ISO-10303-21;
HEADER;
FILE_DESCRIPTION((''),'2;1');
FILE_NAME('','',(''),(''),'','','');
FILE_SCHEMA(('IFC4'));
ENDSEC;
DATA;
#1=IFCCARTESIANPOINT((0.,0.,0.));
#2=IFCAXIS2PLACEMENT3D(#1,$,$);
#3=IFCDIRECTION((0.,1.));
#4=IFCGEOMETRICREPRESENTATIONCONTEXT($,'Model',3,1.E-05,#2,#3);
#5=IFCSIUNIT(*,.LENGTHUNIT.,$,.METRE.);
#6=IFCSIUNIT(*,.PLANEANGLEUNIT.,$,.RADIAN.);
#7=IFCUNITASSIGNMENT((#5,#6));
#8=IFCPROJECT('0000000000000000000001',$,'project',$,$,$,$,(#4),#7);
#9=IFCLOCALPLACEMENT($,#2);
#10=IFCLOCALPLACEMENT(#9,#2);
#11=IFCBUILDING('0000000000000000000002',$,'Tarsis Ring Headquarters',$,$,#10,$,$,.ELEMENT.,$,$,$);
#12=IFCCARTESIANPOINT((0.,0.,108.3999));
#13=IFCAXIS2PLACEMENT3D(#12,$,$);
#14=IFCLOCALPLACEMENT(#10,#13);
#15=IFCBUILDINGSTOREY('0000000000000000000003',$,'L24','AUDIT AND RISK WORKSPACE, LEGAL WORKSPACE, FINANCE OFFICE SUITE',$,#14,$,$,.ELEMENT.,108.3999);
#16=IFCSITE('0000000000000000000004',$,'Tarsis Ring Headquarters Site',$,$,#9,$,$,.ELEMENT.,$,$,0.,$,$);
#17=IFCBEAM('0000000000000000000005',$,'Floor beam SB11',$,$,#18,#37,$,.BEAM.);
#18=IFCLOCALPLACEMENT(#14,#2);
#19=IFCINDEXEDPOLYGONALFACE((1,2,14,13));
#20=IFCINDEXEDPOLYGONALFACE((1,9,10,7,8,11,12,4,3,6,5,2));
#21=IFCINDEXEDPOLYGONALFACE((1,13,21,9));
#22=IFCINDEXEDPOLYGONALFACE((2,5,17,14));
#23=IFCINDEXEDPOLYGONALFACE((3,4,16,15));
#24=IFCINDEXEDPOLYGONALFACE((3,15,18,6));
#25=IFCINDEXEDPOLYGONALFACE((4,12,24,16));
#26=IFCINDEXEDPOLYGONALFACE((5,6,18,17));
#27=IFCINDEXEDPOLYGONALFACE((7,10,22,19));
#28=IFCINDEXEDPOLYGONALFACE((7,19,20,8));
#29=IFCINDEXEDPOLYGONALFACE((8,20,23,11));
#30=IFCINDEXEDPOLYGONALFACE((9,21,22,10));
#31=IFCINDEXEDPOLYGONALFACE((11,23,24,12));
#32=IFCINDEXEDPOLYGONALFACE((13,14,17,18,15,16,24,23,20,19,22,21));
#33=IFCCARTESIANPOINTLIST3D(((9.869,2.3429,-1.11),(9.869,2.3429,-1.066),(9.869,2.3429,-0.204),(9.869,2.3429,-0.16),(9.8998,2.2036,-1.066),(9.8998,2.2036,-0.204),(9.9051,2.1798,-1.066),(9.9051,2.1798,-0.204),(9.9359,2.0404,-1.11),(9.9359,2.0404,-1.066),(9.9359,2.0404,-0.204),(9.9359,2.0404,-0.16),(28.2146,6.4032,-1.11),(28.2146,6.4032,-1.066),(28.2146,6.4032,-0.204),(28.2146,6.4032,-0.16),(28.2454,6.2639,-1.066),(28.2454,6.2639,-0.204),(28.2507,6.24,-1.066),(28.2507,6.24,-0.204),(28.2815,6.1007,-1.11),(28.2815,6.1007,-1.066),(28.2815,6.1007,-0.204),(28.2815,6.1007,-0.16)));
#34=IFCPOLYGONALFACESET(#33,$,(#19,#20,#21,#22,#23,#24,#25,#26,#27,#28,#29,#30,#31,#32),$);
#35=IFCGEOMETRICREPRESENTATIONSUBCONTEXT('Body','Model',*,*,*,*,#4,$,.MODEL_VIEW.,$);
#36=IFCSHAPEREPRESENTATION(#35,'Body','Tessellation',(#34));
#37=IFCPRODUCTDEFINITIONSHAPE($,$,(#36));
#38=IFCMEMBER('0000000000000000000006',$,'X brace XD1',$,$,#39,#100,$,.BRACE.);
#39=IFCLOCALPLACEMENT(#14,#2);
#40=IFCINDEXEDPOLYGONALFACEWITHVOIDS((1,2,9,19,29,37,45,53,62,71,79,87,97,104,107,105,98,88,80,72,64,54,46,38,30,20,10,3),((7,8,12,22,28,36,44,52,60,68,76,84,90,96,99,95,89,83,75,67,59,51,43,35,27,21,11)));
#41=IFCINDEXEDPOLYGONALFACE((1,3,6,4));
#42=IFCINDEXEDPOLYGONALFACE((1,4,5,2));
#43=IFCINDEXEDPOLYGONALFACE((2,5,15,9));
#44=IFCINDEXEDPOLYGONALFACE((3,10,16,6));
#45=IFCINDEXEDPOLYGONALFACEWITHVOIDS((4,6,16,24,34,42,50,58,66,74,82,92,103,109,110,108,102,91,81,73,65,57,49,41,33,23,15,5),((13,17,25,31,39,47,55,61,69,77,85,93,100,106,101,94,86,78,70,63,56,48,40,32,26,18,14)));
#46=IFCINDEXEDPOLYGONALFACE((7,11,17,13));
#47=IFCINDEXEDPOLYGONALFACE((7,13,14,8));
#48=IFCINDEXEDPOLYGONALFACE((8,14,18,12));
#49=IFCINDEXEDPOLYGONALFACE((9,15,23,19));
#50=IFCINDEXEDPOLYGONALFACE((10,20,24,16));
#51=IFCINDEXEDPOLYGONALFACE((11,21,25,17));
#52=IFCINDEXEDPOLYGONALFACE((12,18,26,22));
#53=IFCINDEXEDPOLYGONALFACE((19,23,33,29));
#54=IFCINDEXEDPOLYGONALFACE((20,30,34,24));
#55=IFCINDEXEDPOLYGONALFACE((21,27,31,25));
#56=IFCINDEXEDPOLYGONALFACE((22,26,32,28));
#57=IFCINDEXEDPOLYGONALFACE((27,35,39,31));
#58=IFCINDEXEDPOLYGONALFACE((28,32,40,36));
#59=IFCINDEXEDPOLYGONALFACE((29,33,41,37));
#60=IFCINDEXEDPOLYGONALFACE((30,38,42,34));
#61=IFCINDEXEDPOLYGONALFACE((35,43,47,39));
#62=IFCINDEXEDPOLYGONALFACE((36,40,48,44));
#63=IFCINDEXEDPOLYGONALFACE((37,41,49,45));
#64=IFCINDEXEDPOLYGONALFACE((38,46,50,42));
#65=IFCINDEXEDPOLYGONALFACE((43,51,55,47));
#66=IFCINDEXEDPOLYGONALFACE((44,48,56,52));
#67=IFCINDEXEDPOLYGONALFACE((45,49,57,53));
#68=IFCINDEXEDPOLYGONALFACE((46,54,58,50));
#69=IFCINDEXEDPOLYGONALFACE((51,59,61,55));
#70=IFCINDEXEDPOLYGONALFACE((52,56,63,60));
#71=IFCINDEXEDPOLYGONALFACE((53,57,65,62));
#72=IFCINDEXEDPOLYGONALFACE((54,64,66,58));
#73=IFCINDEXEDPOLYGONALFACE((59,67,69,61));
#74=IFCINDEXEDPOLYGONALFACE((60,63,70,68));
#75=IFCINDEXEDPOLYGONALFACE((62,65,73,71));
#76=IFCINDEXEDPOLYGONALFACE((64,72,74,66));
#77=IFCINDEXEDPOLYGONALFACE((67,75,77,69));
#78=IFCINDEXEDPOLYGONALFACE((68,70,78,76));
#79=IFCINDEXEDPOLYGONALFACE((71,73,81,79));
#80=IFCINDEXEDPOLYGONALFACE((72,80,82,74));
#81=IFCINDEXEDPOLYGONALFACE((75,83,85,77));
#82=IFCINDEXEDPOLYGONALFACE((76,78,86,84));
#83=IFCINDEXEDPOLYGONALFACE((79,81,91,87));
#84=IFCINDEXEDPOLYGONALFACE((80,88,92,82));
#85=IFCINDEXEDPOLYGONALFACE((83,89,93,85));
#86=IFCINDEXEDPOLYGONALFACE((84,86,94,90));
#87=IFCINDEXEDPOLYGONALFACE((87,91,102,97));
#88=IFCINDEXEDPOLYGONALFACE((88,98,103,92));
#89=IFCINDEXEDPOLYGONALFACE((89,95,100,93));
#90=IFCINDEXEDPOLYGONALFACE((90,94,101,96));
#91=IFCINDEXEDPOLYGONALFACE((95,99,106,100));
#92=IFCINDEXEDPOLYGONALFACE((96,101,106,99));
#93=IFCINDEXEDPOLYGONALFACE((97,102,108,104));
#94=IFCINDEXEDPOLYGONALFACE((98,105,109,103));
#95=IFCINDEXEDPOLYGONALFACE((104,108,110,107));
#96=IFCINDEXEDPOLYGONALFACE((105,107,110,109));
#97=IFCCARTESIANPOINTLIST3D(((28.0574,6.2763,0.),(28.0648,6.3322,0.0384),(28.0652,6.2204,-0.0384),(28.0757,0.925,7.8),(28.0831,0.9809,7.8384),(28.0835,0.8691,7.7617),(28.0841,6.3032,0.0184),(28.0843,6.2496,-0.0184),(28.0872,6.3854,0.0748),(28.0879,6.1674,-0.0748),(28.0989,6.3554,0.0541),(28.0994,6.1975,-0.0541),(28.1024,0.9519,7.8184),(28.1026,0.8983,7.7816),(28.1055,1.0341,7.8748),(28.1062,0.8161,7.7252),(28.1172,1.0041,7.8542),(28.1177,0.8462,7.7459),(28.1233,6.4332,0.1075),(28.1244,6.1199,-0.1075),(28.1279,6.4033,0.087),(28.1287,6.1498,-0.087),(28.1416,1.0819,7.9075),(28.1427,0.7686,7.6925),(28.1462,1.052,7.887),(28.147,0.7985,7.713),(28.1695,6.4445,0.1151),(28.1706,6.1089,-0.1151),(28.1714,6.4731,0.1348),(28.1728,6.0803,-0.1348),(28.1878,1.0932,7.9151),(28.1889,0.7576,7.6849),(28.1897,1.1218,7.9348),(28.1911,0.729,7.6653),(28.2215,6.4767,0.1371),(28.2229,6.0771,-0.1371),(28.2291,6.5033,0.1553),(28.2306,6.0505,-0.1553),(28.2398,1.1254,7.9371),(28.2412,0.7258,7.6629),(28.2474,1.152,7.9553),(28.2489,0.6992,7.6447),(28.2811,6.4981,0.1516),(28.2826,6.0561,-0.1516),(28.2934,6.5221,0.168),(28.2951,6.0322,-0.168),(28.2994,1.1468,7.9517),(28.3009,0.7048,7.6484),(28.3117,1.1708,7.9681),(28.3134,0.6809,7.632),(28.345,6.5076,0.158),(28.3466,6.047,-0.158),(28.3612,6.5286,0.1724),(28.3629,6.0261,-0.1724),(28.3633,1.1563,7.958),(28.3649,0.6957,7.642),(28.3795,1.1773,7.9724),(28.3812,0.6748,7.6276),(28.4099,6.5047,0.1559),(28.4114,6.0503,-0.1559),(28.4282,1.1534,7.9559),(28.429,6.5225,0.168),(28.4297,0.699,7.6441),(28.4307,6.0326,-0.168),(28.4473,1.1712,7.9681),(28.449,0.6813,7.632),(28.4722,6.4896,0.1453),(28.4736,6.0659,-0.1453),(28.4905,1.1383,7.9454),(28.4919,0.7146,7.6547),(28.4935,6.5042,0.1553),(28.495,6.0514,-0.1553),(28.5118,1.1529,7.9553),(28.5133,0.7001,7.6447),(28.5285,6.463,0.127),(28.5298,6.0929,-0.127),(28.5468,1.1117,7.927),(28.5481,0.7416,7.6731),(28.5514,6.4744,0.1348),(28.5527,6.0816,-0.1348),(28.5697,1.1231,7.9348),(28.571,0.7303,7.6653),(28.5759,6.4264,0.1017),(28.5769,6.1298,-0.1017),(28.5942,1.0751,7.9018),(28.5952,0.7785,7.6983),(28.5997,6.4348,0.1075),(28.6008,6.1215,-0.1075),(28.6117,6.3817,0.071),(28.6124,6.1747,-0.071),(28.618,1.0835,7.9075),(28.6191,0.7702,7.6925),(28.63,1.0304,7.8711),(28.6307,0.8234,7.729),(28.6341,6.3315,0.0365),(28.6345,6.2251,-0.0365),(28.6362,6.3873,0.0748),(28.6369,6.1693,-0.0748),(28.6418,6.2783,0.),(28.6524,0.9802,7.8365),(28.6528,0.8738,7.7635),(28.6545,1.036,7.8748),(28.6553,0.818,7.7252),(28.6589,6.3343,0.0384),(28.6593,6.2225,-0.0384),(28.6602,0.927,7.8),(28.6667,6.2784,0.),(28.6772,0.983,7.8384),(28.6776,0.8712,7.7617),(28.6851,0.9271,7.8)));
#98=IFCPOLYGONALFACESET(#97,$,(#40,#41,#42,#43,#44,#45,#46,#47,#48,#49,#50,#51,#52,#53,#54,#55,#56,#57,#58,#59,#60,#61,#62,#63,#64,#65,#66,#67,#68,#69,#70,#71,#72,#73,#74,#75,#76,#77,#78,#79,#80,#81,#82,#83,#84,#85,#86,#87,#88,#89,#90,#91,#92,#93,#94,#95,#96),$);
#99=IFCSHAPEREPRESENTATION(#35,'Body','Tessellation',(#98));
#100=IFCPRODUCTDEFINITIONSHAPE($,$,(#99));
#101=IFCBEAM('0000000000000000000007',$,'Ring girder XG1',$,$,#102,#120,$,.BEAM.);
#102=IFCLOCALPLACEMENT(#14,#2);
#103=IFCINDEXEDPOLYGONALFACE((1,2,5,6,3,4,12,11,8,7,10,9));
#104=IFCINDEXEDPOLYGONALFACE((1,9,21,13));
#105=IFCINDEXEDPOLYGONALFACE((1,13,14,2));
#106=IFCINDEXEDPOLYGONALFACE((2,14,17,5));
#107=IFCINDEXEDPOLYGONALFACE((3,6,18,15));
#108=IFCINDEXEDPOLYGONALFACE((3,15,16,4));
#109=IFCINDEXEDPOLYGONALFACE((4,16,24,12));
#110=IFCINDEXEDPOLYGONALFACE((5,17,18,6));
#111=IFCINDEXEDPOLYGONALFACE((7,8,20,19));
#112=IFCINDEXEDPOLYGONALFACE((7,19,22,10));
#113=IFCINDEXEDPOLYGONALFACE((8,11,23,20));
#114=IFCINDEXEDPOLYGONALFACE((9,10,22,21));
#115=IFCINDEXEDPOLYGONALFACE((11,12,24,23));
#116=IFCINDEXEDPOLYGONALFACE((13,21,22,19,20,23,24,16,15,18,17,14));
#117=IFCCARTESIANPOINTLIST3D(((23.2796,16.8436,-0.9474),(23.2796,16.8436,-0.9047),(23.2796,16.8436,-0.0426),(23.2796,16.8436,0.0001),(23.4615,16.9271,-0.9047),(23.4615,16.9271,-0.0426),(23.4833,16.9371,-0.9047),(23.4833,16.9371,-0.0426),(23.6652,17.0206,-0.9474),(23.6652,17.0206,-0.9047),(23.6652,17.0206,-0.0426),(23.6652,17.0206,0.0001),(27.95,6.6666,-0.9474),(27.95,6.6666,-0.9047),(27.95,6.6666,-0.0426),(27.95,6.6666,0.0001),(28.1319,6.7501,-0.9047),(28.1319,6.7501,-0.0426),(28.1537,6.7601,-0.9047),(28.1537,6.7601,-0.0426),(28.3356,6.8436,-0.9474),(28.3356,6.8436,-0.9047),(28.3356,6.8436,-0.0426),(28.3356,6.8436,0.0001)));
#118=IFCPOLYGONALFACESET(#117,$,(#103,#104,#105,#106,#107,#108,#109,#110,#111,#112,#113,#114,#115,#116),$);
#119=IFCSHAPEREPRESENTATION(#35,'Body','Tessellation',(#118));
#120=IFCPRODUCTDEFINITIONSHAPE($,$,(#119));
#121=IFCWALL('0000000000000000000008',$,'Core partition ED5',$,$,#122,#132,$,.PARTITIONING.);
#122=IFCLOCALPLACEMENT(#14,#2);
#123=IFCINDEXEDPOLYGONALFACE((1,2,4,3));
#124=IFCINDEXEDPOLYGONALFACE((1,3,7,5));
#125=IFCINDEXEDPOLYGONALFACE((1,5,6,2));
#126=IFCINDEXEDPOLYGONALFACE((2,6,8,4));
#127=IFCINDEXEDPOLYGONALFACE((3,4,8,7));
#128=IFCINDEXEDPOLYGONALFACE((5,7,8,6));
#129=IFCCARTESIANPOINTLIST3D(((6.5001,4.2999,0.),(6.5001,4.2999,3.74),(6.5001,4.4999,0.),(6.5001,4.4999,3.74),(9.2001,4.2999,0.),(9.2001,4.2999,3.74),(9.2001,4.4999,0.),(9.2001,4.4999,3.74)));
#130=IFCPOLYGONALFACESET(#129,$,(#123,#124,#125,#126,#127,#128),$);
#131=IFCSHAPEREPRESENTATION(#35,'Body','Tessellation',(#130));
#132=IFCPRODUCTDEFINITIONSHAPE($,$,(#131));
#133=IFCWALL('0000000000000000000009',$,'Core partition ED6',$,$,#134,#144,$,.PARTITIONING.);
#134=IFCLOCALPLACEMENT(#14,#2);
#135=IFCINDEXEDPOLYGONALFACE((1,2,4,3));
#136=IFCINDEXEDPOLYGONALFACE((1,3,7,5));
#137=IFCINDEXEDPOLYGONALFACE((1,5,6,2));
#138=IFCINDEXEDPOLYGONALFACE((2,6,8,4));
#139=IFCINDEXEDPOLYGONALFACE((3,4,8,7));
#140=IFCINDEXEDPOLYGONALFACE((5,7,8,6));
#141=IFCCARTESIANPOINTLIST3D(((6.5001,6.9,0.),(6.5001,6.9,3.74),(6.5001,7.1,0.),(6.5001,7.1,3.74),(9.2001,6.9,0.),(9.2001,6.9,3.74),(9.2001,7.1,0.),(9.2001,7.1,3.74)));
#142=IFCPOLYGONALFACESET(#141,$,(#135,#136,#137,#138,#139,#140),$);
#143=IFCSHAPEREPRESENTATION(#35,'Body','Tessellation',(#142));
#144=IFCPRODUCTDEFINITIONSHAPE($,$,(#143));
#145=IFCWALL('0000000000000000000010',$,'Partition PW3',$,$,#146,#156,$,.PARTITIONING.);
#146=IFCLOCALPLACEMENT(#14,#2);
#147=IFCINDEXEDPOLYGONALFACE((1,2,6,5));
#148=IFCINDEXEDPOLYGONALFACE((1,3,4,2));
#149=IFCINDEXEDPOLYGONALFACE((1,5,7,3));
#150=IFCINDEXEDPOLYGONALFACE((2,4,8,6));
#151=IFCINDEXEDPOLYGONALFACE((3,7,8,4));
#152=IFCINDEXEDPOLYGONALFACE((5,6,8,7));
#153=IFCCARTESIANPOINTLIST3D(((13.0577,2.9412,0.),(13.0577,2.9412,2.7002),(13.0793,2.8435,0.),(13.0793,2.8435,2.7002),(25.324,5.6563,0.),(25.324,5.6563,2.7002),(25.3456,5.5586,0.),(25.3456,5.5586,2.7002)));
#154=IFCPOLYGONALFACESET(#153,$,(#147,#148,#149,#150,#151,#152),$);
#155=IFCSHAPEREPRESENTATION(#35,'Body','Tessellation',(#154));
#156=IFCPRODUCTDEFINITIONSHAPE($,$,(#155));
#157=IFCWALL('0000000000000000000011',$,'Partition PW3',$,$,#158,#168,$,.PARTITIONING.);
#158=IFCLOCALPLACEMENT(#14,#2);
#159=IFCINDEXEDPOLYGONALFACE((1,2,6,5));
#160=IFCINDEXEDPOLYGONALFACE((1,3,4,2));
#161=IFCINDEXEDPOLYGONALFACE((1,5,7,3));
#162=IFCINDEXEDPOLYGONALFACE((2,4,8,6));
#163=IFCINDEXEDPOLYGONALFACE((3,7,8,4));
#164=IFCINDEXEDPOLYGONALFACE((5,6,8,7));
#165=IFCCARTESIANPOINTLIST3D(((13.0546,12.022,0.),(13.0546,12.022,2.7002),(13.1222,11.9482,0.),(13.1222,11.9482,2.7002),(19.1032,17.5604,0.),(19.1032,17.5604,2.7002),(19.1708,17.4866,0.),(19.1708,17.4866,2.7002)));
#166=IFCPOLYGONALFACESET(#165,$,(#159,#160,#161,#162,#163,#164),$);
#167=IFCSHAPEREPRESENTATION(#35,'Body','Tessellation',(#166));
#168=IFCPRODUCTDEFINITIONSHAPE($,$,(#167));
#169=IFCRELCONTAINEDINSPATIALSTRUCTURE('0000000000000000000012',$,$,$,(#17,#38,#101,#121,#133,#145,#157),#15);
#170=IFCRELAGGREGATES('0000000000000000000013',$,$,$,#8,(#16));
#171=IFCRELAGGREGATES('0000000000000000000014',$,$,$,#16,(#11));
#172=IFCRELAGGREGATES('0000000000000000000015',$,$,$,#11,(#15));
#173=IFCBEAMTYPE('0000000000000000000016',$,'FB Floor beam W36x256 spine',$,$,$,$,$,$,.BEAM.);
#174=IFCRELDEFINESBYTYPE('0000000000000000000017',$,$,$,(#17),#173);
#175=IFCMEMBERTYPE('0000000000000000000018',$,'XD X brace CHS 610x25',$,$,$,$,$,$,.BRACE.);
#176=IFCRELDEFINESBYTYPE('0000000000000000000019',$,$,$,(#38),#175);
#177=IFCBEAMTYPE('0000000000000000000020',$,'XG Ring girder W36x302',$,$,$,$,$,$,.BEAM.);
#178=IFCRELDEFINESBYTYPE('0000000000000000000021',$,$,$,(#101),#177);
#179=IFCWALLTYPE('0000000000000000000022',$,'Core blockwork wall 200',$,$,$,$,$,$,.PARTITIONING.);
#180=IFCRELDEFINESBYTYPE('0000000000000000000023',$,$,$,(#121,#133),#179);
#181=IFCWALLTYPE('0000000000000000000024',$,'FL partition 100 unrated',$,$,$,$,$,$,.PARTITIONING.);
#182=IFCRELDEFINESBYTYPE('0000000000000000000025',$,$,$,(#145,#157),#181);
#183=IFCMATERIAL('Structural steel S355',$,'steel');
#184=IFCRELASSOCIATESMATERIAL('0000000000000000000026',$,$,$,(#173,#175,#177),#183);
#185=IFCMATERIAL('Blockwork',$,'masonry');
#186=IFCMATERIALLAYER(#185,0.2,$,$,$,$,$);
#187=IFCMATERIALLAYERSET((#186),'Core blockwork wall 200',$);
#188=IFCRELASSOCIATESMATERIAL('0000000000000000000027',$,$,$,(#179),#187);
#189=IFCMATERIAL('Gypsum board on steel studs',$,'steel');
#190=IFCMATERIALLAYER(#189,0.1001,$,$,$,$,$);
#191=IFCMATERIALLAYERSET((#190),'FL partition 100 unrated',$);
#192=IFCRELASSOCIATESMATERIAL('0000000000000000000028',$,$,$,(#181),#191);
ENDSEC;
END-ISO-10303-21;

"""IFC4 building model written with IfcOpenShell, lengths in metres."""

from ifc_helpers import new_model, si_unit, direction, frame, frame_2d, origin, origin_2d, place, context, subcontext, project, spatial, rectangle, hollow_circle, i_section, extrude, material, layer, layer_set, material_profile, profile_set, type_object, element, save


model = new_model("IFC4")

# Units and contexts
model_context = context("Model", 3, precision=1e-05, world=origin(), true_north=direction((0.0, 1.0)))
body_context = subcontext(model_context, "Body", "Model", "MODEL_VIEW")
ifc_project = project(units=[si_unit("LENGTHUNIT", "METRE"), si_unit("PLANEANGLEUNIT", "RADIAN")], contexts=[model_context])

# Site, building, storey
site_placement = place(None, origin())
site = spatial("IfcSite", under=ifc_project, at=site_placement, Name="Tarsis Ring Headquarters Site", CompositionType="ELEMENT", RefElevation=0.0)
building_placement = place(site_placement, origin())
building = spatial("IfcBuilding", under=site, at=building_placement, Name="Tarsis Ring Headquarters", CompositionType="ELEMENT")
storey_placement = place(building_placement, frame((0.0, 0.0, 108.3999)))
storey = spatial("IfcBuildingStorey", under=building, at=storey_placement, Name="L24", Description="AUDIT AND RISK WORKSPACE, LEGAL WORKSPACE, FINANCE OFFICE SUITE", CompositionType="ELEMENT", Elevation=108.3999)

# Shared definitions
ifc_material_1 = material(Name="Structural steel S355", Category="steel")

# Beam
ifc_material_profile_1 = material_profile(ifc_material_1, i_section(OverallWidth=0.3098, OverallDepth=0.95, WebThickness=0.0244, FlangeThickness=0.0439, at=origin_2d()), Name="W36x256")
ifc_profile_set_1 = profile_set([ifc_material_profile_1], Name="Structural steel S355")
beam_type_1 = type_object("IfcBeamType", Name="FB Floor beam W36x256 spine", PredefinedType="BEAM", material=ifc_profile_set_1)
beam_1_placement = place(storey_placement, frame((28.248, 6.252, -0.635), z_axis=(-0.976373, -0.216093, 0.0), x_axis=(0.216093, -0.976373, 0.0)))
element("IfcBeam", 1, at=beam_1_placement, inside=storey, type_object=beam_type_1, Name="Floor beam SB11", PredefinedType="BEAM", context=body_context, shape_type="SweptSolid", body=[
    extrude(i_section(OverallWidth=0.3098, OverallDepth=0.95, WebThickness=0.0244, FlangeThickness=0.0439, at=origin_2d()), origin(), (0.0, 0.0, 1.0), 18.7896),
])

# Member
ifc_material_profile_2 = material_profile(ifc_material_1, hollow_circle(Radius=0.3047, WallThickness=0.0249, at=origin_2d()), Name="CHS 610x25")
ifc_profile_set_2 = profile_set([ifc_material_profile_2], Name="Structural steel S355")
member_type = type_object("IfcMemberType", Name="XD X brace CHS 610x25", PredefinedType="BRACE", material=ifc_profile_set_2)
member_placement = place(storey_placement, frame((28.3621, 6.2773, 0.0), z_axis=(0.001936, -0.565722, 0.824593), x_axis=(0.999994, 0.003422, 0.0)))
element("IfcMember", 2, at=member_placement, inside=storey, type_object=member_type, Name="X brace XD1", PredefinedType="BRACE", context=body_context, shape_type="SweptSolid", body=[
    extrude(hollow_circle(Radius=0.3047, WallThickness=0.0249, at=origin_2d()), origin(), (0.0, 0.0, 1.0), 9.4592),
])

# Beam
ifc_material_profile_3 = material_profile(ifc_material_1, i_section(OverallWidth=0.4243, OverallDepth=0.9475, WebThickness=0.0239, FlangeThickness=0.0427, at=origin_2d()), Name="W36x302")
ifc_profile_set_3 = profile_set([ifc_material_profile_3], Name="Structural steel S355")
beam_type_2 = type_object("IfcBeamType", Name="XG Ring girder W36x302", PredefinedType="BEAM", material=ifc_profile_set_3)
beam_2_placement = place(storey_placement, frame((28.1428, 6.7551, -0.4736), z_axis=(-0.417094, 0.908863, 0.0), x_axis=(-0.908863, -0.417094, 0.0)))
element("IfcBeam", 3, at=beam_2_placement, inside=storey, type_object=beam_type_2, Name="Ring girder XG1", PredefinedType="BEAM", context=body_context, shape_type="SweptSolid", body=[
    extrude(i_section(OverallWidth=0.4243, OverallDepth=0.9475, WebThickness=0.0239, FlangeThickness=0.0427, at=origin_2d()), origin(), (0.0, 0.0, 1.0), 11.1975),
])

# Walls
ifc_material_2 = material(Name="Blockwork", Category="masonry")
ifc_layer_1 = layer(ifc_material_2, 0.2)
ifc_layer_set_1 = layer_set([ifc_layer_1], Name="Core blockwork wall 200")
wall_type_1 = type_object("IfcWallType", Name="Core blockwork wall 200", PredefinedType="PARTITIONING", material=ifc_layer_set_1)
for number, where, z_axis, x_axis, name in (
    (4, (6.5, 4.3999, 0.0), (0.0, 0.0, 1.0), (1.0, 0.0, 0.0), "Core partition ED5"),
    (5, (6.5, 7.0, 0.0), (0.0, 0.0, 1.0), (1.0, 0.0, 0.0), "Core partition ED6"),
):
    element("IfcWall", number, at=place(storey_placement, frame(where, z_axis=z_axis, x_axis=x_axis)), inside=storey, type_object=wall_type_1, Name=name, PredefinedType="PARTITIONING", context=body_context, shape_type="SweptSolid", body=[
        extrude(rectangle(XDim=2.7, YDim=0.2, at=frame_2d((1.3501, 0.0))), origin(), (0.0, 0.0, 1.0), 3.74),
    ])
ifc_material_3 = material(Name="Gypsum board on steel studs", Category="steel")
ifc_layer_2 = layer(ifc_material_3, 0.1001)
ifc_layer_set_2 = layer_set([ifc_layer_2], Name="FL partition 100 unrated")
wall_type_2 = type_object("IfcWallType", Name="FL partition 100 unrated", PredefinedType="PARTITIONING", material=ifc_layer_set_2)
wall_1_placement = place(storey_placement, frame((13.0684, 2.8923, 0.0), z_axis=(0.0, 0.0, 1.0), x_axis=(0.976368, 0.216114, 0.0)))
element("IfcWall", 6, at=wall_1_placement, inside=storey, type_object=wall_type_2, Name="Partition PW3", PredefinedType="PARTITIONING", context=body_context, shape_type="SweptSolid", body=[
    extrude(rectangle(XDim=12.5632, YDim=0.1001, at=frame_2d((6.2817, 0.0))), origin(), (0.0, 0.0, 1.0), 2.7002),
])
wall_2_placement = place(storey_placement, frame((13.0884, 11.9851, 0.0), z_axis=(0.0, 0.0, 1.0), x_axis=(0.737531, 0.675313, 0.0)))
element("IfcWall", 7, at=wall_2_placement, inside=storey, type_object=wall_type_2, Name="Partition PW3", PredefinedType="PARTITIONING", context=body_context, shape_type="SweptSolid", body=[
    extrude(rectangle(XDim=8.2012, YDim=0.1001, at=frame_2d((4.1006, 0.0))), origin(), (0.0, 0.0, 1.0), 2.7002),
])

save(model, "model.ifc")
